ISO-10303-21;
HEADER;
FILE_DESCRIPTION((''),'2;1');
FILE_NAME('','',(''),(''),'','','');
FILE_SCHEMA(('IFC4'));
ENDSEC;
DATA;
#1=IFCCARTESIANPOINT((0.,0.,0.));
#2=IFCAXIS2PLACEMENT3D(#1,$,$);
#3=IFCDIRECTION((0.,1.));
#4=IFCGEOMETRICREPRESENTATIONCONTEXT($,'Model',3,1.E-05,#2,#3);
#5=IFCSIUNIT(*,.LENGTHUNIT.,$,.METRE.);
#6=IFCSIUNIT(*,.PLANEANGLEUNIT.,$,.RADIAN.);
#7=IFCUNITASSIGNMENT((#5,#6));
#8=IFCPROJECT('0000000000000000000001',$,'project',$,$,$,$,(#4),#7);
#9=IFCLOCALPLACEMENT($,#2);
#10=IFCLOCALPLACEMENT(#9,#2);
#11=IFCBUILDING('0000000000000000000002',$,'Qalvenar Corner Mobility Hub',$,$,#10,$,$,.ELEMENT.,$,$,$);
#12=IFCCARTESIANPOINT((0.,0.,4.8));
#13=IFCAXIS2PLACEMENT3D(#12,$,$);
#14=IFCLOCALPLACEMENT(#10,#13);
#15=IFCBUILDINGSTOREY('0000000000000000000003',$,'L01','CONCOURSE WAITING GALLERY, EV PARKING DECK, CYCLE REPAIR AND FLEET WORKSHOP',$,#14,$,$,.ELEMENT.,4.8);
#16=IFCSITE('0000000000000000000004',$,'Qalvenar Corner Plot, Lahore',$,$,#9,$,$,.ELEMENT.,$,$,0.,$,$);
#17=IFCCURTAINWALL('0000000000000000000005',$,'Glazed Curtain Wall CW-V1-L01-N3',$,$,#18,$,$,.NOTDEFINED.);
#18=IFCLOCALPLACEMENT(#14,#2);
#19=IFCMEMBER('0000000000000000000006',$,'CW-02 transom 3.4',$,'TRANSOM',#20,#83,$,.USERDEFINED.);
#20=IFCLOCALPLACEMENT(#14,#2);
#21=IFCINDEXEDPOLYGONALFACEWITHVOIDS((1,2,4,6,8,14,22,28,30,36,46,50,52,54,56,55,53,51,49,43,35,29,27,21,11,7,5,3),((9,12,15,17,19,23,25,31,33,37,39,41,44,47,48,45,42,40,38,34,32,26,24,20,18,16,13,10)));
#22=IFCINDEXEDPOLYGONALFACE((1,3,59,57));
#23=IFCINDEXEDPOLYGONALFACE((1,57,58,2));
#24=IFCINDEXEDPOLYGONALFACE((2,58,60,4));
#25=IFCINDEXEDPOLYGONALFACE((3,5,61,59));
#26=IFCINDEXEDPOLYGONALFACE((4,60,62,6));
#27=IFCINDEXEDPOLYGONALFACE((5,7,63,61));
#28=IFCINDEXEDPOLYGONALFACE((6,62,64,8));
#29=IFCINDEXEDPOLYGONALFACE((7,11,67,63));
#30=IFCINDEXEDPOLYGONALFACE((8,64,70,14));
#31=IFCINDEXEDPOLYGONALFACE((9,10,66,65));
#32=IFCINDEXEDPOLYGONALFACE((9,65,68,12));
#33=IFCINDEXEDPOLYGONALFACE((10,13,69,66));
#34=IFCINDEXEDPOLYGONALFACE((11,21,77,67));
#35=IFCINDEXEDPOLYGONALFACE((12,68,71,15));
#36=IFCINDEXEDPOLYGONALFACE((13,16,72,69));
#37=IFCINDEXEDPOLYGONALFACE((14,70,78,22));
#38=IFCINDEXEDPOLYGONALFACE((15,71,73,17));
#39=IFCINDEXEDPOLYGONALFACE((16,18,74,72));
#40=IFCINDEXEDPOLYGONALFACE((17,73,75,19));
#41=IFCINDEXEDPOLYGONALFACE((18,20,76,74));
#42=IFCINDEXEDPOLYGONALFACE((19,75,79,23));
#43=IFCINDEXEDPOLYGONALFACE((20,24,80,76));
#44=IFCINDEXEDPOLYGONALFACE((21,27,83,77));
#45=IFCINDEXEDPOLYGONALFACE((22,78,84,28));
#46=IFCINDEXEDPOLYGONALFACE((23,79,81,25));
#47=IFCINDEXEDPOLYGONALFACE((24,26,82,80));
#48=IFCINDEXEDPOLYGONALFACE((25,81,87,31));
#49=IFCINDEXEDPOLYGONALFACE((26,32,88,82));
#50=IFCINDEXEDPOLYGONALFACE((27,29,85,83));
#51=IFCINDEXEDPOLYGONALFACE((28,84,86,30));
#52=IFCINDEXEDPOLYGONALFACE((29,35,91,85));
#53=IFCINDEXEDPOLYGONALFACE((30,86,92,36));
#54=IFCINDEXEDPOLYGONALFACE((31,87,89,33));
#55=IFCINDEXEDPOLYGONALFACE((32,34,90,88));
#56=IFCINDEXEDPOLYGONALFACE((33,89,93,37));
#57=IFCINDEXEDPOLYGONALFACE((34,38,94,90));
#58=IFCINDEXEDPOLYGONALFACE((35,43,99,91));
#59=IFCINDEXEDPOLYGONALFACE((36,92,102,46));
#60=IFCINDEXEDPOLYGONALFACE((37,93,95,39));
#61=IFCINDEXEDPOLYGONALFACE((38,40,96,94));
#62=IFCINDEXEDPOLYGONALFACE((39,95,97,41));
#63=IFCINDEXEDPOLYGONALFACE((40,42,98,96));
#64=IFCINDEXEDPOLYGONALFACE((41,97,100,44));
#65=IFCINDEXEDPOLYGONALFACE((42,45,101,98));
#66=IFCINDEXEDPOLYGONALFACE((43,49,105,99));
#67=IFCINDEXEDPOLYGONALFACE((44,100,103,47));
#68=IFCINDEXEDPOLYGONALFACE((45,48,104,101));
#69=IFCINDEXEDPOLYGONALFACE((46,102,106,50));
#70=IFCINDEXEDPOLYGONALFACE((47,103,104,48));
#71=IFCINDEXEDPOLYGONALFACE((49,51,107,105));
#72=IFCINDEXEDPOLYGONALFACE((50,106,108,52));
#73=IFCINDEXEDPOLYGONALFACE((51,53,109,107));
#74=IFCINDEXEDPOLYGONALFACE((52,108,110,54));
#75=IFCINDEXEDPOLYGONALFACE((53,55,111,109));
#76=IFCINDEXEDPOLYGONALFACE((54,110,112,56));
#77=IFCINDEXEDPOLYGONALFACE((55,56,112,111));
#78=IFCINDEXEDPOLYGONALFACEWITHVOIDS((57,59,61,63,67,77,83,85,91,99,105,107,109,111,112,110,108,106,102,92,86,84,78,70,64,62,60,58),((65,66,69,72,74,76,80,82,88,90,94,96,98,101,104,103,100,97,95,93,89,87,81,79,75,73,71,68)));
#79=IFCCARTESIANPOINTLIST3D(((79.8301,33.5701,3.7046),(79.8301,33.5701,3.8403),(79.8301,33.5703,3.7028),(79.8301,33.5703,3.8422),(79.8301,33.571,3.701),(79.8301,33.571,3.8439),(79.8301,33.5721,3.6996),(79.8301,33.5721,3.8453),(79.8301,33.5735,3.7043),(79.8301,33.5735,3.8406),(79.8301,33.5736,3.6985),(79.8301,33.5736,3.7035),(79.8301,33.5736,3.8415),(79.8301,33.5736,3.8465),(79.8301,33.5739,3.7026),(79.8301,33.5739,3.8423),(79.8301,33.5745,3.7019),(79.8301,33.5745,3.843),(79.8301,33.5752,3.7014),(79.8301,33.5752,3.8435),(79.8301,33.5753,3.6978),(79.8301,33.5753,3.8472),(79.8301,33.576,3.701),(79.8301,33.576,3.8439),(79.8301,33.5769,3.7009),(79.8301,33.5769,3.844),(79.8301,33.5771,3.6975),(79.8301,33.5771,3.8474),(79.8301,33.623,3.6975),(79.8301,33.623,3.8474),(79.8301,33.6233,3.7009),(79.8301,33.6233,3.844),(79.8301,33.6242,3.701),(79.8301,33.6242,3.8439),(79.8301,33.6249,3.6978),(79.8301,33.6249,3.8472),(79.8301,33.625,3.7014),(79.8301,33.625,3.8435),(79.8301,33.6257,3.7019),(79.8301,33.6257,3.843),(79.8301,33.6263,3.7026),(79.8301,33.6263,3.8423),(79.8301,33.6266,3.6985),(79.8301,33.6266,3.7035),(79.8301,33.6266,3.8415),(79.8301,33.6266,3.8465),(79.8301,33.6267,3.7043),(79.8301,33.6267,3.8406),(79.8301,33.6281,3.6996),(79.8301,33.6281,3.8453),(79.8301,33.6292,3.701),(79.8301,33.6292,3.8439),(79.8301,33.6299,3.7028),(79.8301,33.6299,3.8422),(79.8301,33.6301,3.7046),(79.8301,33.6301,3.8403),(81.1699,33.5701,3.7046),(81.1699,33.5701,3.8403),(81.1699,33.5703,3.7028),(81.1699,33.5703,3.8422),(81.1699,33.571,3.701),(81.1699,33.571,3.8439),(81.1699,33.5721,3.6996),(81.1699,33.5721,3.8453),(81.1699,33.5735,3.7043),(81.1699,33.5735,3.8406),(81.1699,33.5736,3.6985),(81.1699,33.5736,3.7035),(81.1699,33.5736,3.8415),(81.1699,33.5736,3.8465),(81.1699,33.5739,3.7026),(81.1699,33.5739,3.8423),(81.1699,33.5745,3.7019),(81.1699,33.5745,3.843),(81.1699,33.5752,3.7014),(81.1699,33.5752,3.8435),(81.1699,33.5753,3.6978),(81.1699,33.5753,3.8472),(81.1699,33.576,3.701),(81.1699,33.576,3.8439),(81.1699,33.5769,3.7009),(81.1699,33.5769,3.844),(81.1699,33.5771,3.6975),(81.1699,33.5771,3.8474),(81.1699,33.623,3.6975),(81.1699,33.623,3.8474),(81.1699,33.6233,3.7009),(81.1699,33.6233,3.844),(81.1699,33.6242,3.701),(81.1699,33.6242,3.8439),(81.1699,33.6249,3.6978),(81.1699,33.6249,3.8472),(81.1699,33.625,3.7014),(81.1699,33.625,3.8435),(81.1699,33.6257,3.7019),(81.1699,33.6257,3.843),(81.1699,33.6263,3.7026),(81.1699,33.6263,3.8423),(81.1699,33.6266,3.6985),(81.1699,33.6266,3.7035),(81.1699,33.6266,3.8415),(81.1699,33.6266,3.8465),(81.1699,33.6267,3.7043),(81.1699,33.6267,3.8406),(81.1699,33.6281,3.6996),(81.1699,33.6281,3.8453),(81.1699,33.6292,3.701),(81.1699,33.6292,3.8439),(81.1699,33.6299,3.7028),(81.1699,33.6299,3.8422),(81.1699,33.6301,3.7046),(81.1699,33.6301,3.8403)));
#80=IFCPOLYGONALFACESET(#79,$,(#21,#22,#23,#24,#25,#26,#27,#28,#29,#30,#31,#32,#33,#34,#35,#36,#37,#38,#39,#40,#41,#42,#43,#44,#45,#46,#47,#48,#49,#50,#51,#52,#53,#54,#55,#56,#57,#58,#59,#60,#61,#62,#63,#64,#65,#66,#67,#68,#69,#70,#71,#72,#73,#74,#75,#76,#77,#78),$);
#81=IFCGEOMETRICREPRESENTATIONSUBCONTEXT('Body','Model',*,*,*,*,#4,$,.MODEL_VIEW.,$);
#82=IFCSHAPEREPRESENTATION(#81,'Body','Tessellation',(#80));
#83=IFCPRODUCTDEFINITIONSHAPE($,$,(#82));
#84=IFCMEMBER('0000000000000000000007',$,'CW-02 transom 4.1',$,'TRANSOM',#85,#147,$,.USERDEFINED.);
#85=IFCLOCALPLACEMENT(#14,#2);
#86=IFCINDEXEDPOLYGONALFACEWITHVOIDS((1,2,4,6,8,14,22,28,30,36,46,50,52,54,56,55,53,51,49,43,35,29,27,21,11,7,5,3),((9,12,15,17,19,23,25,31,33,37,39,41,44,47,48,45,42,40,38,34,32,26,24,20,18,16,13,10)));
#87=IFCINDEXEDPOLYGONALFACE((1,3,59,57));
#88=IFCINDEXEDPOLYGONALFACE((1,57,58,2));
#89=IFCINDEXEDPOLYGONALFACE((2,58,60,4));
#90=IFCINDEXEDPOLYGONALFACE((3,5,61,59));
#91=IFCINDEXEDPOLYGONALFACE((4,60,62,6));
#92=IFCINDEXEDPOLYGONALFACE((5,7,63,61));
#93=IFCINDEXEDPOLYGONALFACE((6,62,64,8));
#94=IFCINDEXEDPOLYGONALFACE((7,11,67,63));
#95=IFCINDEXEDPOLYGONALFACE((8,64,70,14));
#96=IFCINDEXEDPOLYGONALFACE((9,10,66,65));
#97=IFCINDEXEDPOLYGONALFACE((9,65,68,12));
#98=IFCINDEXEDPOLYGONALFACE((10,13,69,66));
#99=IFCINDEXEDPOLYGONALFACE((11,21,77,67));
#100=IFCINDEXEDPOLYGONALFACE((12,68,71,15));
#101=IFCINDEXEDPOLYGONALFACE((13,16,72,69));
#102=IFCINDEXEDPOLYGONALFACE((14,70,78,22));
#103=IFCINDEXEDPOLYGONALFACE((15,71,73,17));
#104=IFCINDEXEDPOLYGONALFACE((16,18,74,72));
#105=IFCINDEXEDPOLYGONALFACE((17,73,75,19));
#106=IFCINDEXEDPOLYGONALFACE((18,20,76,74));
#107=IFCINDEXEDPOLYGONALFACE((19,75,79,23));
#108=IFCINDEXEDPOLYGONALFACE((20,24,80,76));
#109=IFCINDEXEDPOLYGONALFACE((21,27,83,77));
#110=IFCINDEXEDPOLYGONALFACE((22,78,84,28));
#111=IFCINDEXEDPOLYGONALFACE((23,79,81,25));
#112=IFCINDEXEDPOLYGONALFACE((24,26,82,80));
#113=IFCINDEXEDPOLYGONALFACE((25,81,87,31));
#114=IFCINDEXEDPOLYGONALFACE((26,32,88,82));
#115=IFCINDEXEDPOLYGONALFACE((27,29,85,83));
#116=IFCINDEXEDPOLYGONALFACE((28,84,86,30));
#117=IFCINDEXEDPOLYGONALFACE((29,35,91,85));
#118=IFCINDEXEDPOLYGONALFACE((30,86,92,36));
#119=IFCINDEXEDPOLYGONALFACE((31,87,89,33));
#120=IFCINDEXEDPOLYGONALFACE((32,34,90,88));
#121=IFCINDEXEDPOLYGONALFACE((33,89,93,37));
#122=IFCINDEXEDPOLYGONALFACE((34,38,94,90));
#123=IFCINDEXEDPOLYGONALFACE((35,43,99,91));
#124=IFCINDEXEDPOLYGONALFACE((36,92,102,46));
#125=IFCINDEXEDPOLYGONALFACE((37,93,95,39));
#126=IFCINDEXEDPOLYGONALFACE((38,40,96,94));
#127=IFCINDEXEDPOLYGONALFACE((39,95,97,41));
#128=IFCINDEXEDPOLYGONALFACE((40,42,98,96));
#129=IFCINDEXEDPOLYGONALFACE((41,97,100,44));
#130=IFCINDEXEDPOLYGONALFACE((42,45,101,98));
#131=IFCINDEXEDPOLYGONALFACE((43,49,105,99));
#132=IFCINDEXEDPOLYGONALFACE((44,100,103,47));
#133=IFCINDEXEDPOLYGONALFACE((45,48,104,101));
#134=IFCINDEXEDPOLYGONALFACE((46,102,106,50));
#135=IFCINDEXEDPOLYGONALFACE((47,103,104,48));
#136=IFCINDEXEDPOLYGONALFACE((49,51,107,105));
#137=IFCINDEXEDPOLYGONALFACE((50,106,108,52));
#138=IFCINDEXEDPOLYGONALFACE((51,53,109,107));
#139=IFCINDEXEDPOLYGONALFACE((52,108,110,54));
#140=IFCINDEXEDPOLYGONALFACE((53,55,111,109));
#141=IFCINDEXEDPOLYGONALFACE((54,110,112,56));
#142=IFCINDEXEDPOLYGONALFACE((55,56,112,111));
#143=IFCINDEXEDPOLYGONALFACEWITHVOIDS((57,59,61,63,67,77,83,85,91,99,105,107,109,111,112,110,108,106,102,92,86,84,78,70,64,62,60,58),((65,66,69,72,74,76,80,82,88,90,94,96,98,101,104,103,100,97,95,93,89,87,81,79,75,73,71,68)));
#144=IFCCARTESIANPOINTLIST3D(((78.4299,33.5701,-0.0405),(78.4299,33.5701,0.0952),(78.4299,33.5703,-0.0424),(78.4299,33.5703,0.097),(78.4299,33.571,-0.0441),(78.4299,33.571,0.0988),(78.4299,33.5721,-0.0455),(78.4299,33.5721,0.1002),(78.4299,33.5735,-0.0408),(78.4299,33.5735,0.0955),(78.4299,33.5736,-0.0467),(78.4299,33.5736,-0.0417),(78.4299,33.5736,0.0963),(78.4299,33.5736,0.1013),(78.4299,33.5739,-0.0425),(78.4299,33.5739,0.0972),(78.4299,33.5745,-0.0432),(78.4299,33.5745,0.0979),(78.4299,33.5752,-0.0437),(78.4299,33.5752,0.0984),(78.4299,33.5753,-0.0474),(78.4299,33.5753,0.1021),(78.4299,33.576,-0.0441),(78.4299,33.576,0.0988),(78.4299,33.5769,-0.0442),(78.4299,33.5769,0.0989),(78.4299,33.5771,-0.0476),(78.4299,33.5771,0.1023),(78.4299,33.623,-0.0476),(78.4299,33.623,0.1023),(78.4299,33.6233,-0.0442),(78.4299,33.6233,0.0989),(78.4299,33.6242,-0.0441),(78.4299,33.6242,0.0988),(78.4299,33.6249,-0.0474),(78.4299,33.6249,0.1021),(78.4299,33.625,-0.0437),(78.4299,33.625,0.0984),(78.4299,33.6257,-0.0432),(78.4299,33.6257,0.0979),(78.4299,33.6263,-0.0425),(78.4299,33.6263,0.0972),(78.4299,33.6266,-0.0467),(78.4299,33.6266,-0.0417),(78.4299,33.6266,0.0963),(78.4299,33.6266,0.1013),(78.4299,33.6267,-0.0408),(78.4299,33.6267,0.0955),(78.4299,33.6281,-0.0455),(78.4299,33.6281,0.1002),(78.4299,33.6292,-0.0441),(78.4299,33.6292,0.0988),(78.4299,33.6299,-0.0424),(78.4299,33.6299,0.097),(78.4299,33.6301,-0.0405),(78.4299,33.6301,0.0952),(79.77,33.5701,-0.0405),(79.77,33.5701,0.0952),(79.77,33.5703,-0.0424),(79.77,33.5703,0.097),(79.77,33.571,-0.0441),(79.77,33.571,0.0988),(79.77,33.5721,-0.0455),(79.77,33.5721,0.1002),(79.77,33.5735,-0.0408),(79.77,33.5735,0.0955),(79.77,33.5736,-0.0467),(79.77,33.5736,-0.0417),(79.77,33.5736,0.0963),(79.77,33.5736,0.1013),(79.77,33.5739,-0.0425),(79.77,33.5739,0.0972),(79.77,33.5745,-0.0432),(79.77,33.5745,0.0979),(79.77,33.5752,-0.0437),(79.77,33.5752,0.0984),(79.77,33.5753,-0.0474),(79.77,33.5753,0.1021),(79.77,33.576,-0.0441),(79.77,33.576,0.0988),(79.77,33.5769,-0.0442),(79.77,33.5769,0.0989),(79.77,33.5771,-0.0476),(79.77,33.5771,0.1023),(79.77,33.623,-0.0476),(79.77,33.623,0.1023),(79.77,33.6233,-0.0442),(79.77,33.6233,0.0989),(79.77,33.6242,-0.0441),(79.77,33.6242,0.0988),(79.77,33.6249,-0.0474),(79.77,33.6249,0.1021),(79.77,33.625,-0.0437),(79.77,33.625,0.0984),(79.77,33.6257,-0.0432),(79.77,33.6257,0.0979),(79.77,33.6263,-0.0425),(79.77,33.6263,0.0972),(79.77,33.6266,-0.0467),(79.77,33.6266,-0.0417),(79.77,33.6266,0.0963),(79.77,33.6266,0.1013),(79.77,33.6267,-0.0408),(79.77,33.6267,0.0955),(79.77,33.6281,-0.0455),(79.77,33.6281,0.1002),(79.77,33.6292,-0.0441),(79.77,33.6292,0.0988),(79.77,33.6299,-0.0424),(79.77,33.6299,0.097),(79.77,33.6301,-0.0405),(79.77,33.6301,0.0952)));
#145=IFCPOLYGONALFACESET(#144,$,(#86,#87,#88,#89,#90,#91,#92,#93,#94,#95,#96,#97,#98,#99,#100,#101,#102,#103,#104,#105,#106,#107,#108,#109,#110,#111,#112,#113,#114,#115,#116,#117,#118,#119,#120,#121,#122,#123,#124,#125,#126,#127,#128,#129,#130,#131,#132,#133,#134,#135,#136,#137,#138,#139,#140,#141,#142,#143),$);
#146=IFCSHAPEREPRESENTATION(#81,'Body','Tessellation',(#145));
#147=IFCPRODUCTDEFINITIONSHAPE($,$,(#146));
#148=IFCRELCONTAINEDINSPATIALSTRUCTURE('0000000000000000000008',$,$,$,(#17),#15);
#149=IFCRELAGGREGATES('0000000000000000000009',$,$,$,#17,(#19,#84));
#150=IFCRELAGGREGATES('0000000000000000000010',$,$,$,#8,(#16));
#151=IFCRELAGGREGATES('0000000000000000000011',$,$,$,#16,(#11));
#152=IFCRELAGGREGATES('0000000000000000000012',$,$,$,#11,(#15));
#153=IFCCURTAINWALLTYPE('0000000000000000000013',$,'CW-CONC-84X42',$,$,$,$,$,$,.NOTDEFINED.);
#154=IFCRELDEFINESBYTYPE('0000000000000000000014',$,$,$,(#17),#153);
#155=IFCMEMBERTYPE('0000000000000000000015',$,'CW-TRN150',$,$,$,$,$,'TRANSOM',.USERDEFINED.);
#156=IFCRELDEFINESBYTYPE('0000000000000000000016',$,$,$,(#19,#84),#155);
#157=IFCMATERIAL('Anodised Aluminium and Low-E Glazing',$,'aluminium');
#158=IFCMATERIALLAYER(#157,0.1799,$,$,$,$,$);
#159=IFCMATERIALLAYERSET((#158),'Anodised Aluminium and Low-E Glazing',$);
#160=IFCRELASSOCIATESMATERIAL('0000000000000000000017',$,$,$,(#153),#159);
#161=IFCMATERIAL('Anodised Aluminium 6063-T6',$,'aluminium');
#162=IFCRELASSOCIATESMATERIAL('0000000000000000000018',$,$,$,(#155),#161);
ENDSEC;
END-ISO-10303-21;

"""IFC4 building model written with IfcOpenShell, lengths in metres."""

from ifc_helpers import new_model, si_unit, direction, frame, origin, origin_2d, place, context, subcontext, project, spatial, hollow_rectangle, extrude, material, layer, layer_set, material_profile, profile_set, type_object, element, aggregate, save


model = new_model("IFC4")

# Units and contexts
model_context = context("Model", 3, precision=1e-05, world=origin(), true_north=direction((0.0, 1.0)))
body_context = subcontext(model_context, "Body", "Model", "MODEL_VIEW")
ifc_project = project(units=[si_unit("LENGTHUNIT", "METRE"), si_unit("PLANEANGLEUNIT", "RADIAN")], contexts=[model_context])

# Site, building, storey
site_placement = place(None, origin())
site = spatial("IfcSite", under=ifc_project, at=site_placement, Name="Qalvenar Corner Plot, Lahore", CompositionType="ELEMENT", RefElevation=0.0)
building_placement = place(site_placement, origin())
building = spatial("IfcBuilding", under=site, at=building_placement, Name="Qalvenar Corner Mobility Hub", CompositionType="ELEMENT")
storey_placement = place(building_placement, frame((0.0, 0.0, 4.8)))
storey = spatial("IfcBuildingStorey", under=building, at=storey_placement, Name="L01", Description="CONCOURSE WAITING GALLERY, EV PARKING DECK, CYCLE REPAIR AND FLEET WORKSHOP", CompositionType="ELEMENT", Elevation=4.8)

# Curtain wall, members
ifc_material_1 = material(Name="Anodised Aluminium and Low-E Glazing", Category="aluminium")
ifc_layer_1 = layer(ifc_material_1, 0.1799)
ifc_layer_set_1 = layer_set([ifc_layer_1], Name="Anodised Aluminium and Low-E Glazing")
curtain_wall_type = type_object("IfcCurtainWallType", Name="CW-CONC-84X42", PredefinedType="NOTDEFINED", material=ifc_layer_set_1)
curtain_wall_placement = place(storey_placement, origin())
curtain_wall = element("IfcCurtainWall", 1, at=curtain_wall_placement, inside=storey, type_object=curtain_wall_type, Name="Glazed Curtain Wall CW-V1-L01-N3", PredefinedType="NOTDEFINED")
ifc_material_2 = material(Name="Anodised Aluminium 6063-T6", Category="aluminium")
ifc_material_profile_1 = material_profile(ifc_material_2, hollow_rectangle(XDim=0.0601, YDim=0.1499, WallThickness=0.0034, InnerFilletRadius=0.0034, OuterFilletRadius=0.0071, at=origin_2d()), Name="RHS150x60x3.5")
ifc_profile_set_1 = profile_set([ifc_material_profile_1], Name="Anodised Aluminium 6063-T6")
member_type_1 = type_object("IfcMemberType", Name="CW-TRN150", ElementType="TRANSOM", PredefinedType="USERDEFINED", material=ifc_profile_set_1)
member_1_placement = place(storey_placement, frame((81.1699, 33.6001, 3.7725), z_axis=(-1.0, 0.0, 0.0), x_axis=(0.0, -1.0, 0.0)))
member_1 = element("IfcMember", 2, at=member_1_placement, type_object=member_type_1, Name="CW-02 transom 3.4", ObjectType="TRANSOM", PredefinedType="USERDEFINED", context=body_context, shape_type="SweptSolid", body=[
    extrude(hollow_rectangle(XDim=0.0601, YDim=0.1499, WallThickness=0.0034, InnerFilletRadius=0.0034, OuterFilletRadius=0.0071, at=origin_2d()), origin(), (0.0, 0.0, 1.0), 1.3398),
])
member_2_placement = place(storey_placement, frame((79.77, 33.6001, 0.0273), z_axis=(-1.0, 0.0, 0.0), x_axis=(0.0, -1.0, 0.0)))
member_2 = element("IfcMember", 3, at=member_2_placement, type_object=member_type_1, Name="CW-02 transom 4.1", ObjectType="TRANSOM", PredefinedType="USERDEFINED", context=body_context, shape_type="SweptSolid", body=[
    extrude(hollow_rectangle(XDim=0.0601, YDim=0.1499, WallThickness=0.0034, InnerFilletRadius=0.0034, OuterFilletRadius=0.0071, at=origin_2d()), origin(), (0.0, 0.0, 1.0), 1.3401),
])
aggregate(curtain_wall, [member_1, member_2])

save(model, "model.ifc")
